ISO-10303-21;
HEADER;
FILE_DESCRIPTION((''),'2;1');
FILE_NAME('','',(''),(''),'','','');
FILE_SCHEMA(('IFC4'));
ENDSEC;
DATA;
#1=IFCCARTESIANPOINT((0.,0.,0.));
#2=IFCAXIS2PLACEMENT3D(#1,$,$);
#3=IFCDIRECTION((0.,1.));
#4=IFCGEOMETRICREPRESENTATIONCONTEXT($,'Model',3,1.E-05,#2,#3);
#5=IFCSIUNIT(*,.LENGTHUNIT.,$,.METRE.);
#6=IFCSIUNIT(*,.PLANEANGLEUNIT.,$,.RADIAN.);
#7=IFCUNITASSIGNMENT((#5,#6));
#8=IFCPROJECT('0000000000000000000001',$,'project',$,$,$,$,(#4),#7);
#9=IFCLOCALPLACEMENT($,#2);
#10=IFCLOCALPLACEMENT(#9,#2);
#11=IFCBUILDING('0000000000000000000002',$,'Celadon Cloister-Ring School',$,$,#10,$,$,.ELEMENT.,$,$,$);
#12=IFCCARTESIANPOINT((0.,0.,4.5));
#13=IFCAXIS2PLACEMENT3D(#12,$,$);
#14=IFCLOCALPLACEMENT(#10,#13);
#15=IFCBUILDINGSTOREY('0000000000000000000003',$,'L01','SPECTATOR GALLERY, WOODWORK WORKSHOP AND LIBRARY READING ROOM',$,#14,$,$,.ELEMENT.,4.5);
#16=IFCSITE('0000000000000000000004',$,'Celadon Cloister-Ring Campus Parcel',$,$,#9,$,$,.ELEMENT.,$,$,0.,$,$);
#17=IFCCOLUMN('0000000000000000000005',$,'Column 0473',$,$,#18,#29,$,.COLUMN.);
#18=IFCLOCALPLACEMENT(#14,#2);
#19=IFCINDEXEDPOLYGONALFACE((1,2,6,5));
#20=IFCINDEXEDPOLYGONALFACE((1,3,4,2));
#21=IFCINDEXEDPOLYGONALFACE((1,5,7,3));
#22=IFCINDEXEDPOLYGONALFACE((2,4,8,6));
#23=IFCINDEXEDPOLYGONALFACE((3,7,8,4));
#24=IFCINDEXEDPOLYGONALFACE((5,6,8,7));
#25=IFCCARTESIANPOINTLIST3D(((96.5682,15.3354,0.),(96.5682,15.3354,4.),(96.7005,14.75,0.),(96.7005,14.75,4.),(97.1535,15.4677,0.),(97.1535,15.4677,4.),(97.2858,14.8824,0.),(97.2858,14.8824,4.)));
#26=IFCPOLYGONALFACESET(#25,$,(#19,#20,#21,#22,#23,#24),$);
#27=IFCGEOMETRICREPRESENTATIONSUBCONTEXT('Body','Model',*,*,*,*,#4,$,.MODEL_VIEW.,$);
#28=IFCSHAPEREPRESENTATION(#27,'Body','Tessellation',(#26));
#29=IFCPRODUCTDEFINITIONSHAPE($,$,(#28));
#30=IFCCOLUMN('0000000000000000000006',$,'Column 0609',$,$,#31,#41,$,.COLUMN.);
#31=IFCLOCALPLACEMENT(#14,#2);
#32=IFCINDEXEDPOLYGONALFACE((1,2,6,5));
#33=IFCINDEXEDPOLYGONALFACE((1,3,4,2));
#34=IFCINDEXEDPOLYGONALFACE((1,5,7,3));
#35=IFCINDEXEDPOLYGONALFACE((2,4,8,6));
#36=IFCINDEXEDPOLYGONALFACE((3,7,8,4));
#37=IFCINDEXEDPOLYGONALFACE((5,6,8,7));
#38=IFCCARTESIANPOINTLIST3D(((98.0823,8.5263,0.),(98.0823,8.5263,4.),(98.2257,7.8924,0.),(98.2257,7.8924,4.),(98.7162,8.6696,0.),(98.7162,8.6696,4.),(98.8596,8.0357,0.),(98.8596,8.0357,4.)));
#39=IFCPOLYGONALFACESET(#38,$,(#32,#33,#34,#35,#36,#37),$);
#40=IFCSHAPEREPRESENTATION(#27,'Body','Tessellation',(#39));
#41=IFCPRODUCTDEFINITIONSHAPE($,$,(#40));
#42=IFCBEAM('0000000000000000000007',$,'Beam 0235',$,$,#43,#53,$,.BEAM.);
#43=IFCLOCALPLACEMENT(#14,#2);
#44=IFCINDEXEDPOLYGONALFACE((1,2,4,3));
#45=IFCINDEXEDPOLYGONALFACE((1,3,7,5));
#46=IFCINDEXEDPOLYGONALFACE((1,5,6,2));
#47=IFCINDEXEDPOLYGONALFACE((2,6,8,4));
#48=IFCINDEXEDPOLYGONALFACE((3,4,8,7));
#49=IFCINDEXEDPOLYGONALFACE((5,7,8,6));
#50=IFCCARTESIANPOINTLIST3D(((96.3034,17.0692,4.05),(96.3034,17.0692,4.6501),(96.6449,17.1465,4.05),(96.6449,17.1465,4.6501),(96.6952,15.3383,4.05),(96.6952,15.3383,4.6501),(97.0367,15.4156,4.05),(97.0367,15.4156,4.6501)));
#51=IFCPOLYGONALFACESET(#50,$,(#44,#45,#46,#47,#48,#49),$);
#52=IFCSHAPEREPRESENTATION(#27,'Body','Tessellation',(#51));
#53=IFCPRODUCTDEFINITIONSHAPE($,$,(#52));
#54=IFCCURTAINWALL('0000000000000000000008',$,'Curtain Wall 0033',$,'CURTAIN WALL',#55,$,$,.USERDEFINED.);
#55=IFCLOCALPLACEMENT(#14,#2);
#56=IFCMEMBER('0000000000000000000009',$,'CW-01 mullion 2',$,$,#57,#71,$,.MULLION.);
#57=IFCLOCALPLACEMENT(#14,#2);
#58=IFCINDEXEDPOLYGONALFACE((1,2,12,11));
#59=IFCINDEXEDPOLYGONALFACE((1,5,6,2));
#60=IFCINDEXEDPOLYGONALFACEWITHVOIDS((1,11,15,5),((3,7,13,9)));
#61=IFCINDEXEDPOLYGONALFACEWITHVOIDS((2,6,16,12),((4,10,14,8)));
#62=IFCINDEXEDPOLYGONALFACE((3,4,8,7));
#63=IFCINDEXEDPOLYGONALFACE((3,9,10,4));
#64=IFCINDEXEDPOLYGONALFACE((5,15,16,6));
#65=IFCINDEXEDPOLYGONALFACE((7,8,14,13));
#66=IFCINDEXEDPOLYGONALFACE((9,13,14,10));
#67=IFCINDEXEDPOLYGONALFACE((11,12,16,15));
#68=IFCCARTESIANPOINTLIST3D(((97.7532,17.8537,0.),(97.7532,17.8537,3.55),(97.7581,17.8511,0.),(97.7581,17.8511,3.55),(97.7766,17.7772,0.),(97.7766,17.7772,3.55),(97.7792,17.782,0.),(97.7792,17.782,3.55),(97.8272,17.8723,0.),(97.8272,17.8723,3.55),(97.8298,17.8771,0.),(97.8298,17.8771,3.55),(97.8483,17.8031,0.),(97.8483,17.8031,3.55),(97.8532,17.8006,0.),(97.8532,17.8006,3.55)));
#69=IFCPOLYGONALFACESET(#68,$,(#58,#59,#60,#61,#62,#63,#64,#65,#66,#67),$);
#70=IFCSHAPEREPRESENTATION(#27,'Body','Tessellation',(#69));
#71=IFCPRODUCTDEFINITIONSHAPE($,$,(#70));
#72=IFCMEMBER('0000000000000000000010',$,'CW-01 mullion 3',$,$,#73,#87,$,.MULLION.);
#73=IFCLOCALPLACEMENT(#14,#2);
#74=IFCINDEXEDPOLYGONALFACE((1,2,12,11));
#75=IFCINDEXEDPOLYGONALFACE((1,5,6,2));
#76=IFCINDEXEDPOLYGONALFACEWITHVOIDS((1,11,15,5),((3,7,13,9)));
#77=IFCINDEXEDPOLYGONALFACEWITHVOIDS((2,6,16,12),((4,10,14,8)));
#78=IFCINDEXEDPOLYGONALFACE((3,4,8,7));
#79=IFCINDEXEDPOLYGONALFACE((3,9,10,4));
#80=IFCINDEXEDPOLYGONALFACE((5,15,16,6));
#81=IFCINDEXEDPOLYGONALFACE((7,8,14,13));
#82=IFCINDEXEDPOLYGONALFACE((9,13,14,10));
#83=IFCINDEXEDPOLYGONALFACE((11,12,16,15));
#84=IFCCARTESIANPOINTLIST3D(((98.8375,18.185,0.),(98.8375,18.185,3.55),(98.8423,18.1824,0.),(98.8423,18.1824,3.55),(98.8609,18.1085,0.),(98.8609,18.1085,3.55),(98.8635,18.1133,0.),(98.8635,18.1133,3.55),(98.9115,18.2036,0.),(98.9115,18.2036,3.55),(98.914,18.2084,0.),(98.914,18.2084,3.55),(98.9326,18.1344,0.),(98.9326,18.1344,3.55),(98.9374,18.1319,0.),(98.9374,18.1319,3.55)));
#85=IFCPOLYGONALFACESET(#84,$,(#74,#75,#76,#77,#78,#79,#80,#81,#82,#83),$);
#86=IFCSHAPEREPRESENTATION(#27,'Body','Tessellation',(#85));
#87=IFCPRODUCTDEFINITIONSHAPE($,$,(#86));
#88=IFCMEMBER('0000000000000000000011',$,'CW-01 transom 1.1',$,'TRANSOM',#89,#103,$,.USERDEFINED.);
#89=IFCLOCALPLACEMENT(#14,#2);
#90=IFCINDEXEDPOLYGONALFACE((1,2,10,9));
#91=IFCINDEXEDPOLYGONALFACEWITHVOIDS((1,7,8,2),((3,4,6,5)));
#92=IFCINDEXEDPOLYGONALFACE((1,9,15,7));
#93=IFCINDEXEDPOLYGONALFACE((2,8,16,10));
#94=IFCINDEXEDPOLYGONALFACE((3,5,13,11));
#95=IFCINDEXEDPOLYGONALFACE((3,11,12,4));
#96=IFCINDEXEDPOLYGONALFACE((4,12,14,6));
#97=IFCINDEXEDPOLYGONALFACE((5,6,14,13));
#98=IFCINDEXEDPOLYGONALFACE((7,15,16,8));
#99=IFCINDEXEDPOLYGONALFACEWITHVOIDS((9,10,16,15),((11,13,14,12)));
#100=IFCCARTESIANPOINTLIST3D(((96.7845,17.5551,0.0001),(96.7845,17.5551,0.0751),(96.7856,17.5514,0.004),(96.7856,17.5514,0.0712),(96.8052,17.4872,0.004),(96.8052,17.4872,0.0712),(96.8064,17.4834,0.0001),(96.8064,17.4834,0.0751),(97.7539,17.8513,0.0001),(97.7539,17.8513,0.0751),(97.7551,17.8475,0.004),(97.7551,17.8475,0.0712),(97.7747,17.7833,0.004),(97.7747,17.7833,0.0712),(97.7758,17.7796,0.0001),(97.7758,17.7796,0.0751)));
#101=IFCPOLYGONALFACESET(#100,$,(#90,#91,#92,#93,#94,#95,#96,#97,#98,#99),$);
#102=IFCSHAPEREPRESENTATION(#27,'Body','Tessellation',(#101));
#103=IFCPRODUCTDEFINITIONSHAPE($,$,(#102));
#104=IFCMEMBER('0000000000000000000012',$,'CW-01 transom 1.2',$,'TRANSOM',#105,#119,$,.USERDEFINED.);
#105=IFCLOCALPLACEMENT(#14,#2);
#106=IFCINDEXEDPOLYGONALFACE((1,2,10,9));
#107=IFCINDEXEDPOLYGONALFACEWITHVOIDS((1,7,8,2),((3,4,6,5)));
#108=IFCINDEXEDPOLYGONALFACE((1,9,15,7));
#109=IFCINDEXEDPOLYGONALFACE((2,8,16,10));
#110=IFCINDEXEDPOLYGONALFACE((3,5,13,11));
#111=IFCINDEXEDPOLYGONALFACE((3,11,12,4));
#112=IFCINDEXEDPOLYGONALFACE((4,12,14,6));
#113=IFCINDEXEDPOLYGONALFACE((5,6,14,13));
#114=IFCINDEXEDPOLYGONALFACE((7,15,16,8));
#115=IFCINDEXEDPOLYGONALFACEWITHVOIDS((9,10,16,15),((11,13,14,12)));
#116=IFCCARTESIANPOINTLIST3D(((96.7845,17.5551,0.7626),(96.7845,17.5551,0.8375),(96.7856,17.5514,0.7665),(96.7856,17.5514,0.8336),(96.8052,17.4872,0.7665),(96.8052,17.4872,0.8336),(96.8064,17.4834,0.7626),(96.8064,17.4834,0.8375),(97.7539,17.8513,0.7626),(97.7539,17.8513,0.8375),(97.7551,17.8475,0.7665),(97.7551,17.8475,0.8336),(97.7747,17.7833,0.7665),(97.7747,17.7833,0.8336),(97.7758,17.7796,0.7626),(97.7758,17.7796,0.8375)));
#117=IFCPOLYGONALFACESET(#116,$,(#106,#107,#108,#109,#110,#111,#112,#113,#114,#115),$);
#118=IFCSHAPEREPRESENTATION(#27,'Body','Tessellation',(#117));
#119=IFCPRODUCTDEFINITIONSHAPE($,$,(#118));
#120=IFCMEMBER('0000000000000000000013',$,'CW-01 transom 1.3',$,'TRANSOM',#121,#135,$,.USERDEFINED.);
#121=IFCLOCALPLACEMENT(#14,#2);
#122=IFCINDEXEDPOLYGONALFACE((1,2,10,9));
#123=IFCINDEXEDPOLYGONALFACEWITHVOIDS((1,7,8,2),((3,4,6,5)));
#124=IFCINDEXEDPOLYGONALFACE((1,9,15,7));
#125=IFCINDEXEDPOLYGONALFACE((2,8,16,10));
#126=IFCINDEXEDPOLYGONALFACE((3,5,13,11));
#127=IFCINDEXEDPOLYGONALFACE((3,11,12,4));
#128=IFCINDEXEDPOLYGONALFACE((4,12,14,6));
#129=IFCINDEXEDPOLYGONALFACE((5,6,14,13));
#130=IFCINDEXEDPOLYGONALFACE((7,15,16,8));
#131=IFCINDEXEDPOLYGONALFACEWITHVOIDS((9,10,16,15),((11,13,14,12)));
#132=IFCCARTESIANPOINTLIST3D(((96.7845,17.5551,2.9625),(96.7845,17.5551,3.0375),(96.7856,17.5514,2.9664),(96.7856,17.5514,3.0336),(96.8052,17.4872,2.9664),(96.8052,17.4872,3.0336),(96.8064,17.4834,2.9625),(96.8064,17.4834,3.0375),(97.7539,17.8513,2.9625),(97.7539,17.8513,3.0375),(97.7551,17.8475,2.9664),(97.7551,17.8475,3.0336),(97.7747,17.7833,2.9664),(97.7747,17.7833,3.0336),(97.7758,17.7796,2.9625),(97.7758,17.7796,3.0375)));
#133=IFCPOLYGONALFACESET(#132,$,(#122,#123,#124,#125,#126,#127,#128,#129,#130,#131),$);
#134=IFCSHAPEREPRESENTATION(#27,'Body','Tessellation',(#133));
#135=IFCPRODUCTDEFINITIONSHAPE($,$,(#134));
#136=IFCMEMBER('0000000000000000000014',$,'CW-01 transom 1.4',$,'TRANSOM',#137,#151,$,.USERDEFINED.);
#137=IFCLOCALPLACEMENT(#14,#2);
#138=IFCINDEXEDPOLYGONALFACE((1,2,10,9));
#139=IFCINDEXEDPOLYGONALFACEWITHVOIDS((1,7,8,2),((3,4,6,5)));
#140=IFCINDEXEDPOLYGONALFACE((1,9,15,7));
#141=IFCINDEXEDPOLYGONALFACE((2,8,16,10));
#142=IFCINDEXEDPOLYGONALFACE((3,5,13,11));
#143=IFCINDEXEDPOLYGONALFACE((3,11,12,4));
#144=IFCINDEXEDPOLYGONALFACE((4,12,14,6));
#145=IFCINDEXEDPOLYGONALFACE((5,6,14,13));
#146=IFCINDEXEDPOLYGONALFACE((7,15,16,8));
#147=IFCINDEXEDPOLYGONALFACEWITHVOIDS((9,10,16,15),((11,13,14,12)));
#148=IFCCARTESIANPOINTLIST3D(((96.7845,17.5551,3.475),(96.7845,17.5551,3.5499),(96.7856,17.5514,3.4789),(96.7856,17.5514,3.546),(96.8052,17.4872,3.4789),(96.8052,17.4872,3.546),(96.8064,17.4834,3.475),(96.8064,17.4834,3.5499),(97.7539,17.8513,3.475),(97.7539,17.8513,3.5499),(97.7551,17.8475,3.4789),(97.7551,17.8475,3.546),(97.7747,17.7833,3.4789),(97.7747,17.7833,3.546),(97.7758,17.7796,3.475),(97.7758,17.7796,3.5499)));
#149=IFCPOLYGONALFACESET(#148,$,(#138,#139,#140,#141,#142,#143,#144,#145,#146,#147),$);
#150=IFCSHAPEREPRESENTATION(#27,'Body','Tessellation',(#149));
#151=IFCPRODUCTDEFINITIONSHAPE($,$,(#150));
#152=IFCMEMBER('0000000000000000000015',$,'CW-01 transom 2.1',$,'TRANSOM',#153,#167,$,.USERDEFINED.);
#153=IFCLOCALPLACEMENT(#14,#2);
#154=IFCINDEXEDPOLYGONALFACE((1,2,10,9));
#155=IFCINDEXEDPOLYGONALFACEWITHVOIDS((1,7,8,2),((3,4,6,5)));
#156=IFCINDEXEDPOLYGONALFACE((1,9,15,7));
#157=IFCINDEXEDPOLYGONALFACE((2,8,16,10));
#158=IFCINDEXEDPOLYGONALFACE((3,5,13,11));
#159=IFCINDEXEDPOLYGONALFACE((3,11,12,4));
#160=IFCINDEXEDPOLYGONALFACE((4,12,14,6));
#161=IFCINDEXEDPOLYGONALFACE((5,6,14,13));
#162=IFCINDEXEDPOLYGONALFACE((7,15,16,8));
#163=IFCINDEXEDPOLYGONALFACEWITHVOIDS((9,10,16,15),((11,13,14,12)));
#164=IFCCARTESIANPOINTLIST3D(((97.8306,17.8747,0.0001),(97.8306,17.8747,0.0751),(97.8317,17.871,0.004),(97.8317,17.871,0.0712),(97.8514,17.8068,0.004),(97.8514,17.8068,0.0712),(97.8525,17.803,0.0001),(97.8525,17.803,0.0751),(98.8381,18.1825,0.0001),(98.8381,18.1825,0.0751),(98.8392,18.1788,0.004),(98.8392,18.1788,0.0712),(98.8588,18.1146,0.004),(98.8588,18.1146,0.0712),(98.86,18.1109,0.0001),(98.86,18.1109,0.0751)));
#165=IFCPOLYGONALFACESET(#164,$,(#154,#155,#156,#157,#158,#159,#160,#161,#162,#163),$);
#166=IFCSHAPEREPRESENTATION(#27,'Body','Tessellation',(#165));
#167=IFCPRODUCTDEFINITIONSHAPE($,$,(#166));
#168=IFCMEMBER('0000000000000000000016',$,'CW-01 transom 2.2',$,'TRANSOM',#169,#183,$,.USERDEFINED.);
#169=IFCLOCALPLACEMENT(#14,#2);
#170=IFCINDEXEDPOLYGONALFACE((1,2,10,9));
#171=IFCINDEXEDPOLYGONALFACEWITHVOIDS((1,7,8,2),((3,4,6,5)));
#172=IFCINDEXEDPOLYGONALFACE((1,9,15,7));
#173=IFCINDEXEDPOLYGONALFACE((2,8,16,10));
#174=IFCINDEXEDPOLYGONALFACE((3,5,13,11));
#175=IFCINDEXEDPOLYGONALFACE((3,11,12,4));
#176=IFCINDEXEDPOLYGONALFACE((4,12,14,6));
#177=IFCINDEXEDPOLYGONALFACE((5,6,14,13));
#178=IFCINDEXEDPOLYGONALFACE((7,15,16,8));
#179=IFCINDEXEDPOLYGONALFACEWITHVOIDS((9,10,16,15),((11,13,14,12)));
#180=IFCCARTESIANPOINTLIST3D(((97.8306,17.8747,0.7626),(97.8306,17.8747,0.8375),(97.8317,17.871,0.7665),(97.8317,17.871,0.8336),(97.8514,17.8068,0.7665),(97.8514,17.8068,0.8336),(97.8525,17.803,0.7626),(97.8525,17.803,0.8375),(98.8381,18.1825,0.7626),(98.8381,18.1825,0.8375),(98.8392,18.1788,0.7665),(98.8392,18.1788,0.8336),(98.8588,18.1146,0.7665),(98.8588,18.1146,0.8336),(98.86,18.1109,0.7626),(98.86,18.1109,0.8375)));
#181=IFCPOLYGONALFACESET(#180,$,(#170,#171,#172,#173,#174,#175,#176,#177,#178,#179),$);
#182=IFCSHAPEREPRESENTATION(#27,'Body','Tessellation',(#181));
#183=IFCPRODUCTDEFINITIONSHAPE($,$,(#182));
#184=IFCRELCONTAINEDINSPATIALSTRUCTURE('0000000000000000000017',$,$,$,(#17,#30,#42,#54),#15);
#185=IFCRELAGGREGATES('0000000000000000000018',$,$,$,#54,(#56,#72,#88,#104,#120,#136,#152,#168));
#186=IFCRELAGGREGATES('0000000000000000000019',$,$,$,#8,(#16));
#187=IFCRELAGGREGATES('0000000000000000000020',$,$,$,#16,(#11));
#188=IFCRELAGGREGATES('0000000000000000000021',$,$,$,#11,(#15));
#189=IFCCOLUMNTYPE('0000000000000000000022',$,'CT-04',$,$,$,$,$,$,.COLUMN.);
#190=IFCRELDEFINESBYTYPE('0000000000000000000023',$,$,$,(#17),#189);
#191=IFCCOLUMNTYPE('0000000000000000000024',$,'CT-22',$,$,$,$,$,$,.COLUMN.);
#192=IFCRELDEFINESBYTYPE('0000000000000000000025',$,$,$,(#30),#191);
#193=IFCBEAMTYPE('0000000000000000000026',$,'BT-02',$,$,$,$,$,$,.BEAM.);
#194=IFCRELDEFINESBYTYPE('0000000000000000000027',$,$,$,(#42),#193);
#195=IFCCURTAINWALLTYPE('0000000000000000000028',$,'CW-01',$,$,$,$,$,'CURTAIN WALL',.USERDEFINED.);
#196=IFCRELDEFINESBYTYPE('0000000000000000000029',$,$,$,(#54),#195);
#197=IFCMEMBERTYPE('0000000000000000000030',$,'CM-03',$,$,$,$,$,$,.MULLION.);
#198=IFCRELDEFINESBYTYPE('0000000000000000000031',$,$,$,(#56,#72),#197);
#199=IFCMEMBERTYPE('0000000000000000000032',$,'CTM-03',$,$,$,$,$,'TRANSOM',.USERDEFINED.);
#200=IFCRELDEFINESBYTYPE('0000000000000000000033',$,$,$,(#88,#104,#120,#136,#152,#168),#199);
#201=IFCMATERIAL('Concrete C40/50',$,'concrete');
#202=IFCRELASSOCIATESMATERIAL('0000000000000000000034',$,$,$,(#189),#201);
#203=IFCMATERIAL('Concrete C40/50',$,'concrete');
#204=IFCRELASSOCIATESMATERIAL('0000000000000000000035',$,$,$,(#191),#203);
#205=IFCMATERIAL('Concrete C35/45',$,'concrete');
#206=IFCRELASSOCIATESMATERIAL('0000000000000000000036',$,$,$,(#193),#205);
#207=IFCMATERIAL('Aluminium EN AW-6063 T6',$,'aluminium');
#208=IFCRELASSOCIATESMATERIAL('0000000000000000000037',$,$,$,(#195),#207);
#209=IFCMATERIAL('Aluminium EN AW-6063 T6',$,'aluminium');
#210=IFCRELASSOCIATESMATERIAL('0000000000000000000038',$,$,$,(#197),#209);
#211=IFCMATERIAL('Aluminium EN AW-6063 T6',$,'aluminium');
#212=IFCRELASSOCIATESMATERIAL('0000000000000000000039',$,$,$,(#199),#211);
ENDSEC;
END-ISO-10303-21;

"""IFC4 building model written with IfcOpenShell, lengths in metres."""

from ifc_helpers import new_model, si_unit, direction, frame, origin, origin_2d, place, context, subcontext, project, spatial, rectangle, hollow_rectangle, extrude, material, material_profile, profile_set, type_object, element, aggregate, save


model = new_model("IFC4")

# Units and contexts
model_context = context("Model", 3, precision=1e-05, world=origin(), true_north=direction((0.0, 1.0)))
body_context = subcontext(model_context, "Body", "Model", "MODEL_VIEW")
ifc_project = project(units=[si_unit("LENGTHUNIT", "METRE"), si_unit("PLANEANGLEUNIT", "RADIAN")], contexts=[model_context])

# Site, building, storey
site_placement = place(None, origin())
site = spatial("IfcSite", under=ifc_project, at=site_placement, Name="Celadon Cloister-Ring Campus Parcel", CompositionType="ELEMENT", RefElevation=0.0)
building_placement = place(site_placement, origin())
building = spatial("IfcBuilding", under=site, at=building_placement, Name="Celadon Cloister-Ring School", CompositionType="ELEMENT")
storey_placement = place(building_placement, frame((0.0, 0.0, 4.5)))
storey = spatial("IfcBuildingStorey", under=building, at=storey_placement, Name="L01", Description="SPECTATOR GALLERY, WOODWORK WORKSHOP AND LIBRARY READING ROOM", CompositionType="ELEMENT", Elevation=4.5)

# Columns
ifc_material_1 = material(Name="Concrete C40/50", Category="concrete")
ifc_material_profile_1 = material_profile(ifc_material_1, rectangle(XDim=0.6001, YDim=0.6001, at=origin_2d()), Name="RC600X600")
ifc_profile_set_1 = profile_set([ifc_material_profile_1], Name="Concrete C40/50")
column_type_1 = type_object("IfcColumnType", Name="CT-04", PredefinedType="COLUMN", material=ifc_profile_set_1)
column_1_placement = place(storey_placement, frame((96.927, 15.1089, 0.0), z_axis=(0.0, 0.0, 1.0), x_axis=(0.220595, -0.975365, 0.0)))
element("IfcColumn", 1, at=column_1_placement, inside=storey, type_object=column_type_1, Name="Column 0473", PredefinedType="COLUMN", context=body_context, shape_type="SweptSolid", body=[
    extrude(rectangle(XDim=0.6001, YDim=0.6001, at=origin_2d()), origin(), (0.0, 0.0, 1.0), 4.0),
])
ifc_material_2 = material(Name="Concrete C40/50", Category="concrete")
ifc_material_profile_2 = material_profile(ifc_material_2, rectangle(XDim=0.6499, YDim=0.6499, at=origin_2d()), Name="RC650X650")
ifc_profile_set_2 = profile_set([ifc_material_profile_2], Name="Concrete C40/50")
column_type_2 = type_object("IfcColumnType", Name="CT-22", PredefinedType="COLUMN", material=ifc_profile_set_2)
column_2_placement = place(storey_placement, frame((98.4709, 8.281, 0.0), z_axis=(0.0, 0.0, 1.0), x_axis=(0.220595, -0.975365, 0.0)))
element("IfcColumn", 2, at=column_2_placement, inside=storey, type_object=column_type_2, Name="Column 0609", PredefinedType="COLUMN", context=body_context, shape_type="SweptSolid", body=[
    extrude(rectangle(XDim=0.6499, YDim=0.6499, at=origin_2d()), origin(), (0.0, 0.0, 1.0), 4.0),
])

# Beam
ifc_material_3 = material(Name="Concrete C35/45", Category="concrete")
ifc_material_profile_3 = material_profile(ifc_material_3, rectangle(XDim=0.3501, YDim=0.6001, at=origin_2d()), Name="RC350X600")
ifc_profile_set_3 = profile_set([ifc_material_profile_3], Name="Concrete C35/45")
beam_type_1 = type_object("IfcBeamType", Name="BT-02", PredefinedType="BEAM", material=ifc_profile_set_3)
beam_1_placement = place(storey_placement, frame((96.866, 15.377, 4.3501), z_axis=(-0.220789, 0.975322, 0.0), x_axis=(-0.975322, -0.220789, 0.0)))
element("IfcBeam", 3, at=beam_1_placement, inside=storey, type_object=beam_type_1, Name="Beam 0235", PredefinedType="BEAM", context=body_context, shape_type="SweptSolid", body=[
    extrude(rectangle(XDim=0.3501, YDim=0.6001, at=origin_2d()), origin(), (0.0, 0.0, 1.0), 1.7747),
])

# Curtain wall, members
ifc_material_4 = material(Name="Aluminium EN AW-6063 T6", Category="aluminium")
curtain_wall_type = type_object("IfcCurtainWallType", Name="CW-01", ElementType="CURTAIN WALL", PredefinedType="USERDEFINED", material=ifc_material_4)
curtain_wall_placement = place(storey_placement, origin())
curtain_wall = element("IfcCurtainWall", 4, at=curtain_wall_placement, inside=storey, type_object=curtain_wall_type, Name="Curtain Wall 0033", ObjectType="CURTAIN WALL", PredefinedType="USERDEFINED")
ifc_material_5 = material(Name="Aluminium EN AW-6063 T6", Category="aluminium")
ifc_material_profile_4 = material_profile(ifc_material_5, hollow_rectangle(XDim=0.0801, YDim=0.0801, WallThickness=0.0039, at=origin_2d()), Name="RHS80X80X4")
ifc_profile_set_4 = profile_set([ifc_material_profile_4], Name="Aluminium EN AW-6063 T6")
member_type_1 = type_object("IfcMemberType", Name="CM-03", PredefinedType="MULLION", material=ifc_profile_set_4)
member_1_placement = place(storey_placement, frame((97.8032, 17.8271, 0.0), z_axis=(0.0, 0.0, 1.0), x_axis=(-0.292151, 0.956372, 0.0)))
member_1 = element("IfcMember", 5, at=member_1_placement, type_object=member_type_1, Name="CW-01 mullion 2", PredefinedType="MULLION", context=body_context, shape_type="SweptSolid", body=[
    extrude(hollow_rectangle(XDim=0.0801, YDim=0.0801, WallThickness=0.0039, at=origin_2d()), origin(), (0.0, 0.0, 1.0), 3.55),
])
member_2_placement = place(storey_placement, frame((98.8875, 18.1584, 0.0), z_axis=(0.0, 0.0, 1.0), x_axis=(-0.292151, 0.956372, 0.0)))
member_2 = element("IfcMember", 6, at=member_2_placement, type_object=member_type_1, Name="CW-01 mullion 3", PredefinedType="MULLION", context=body_context, shape_type="SweptSolid", body=[
    extrude(hollow_rectangle(XDim=0.0801, YDim=0.0801, WallThickness=0.0039, at=origin_2d()), origin(), (0.0, 0.0, 1.0), 3.55),
])
ifc_material_6 = material(Name="Aluminium EN AW-6063 T6", Category="aluminium")
ifc_material_profile_5 = material_profile(ifc_material_6, hollow_rectangle(XDim=0.075, YDim=0.075, WallThickness=0.0039, at=origin_2d()), Name="RHS75X75X4")
ifc_profile_set_5 = profile_set([ifc_material_profile_5], Name="Aluminium EN AW-6063 T6")
member_type_2 = type_object("IfcMemberType", Name="CTM-03", ElementType="TRANSOM", PredefinedType="USERDEFINED", material=ifc_profile_set_5)
member_3_placement = place(storey_placement, frame((96.7954, 17.5193, 0.0376), z_axis=(0.956376, 0.292139, 0.0), x_axis=(-0.292139, 0.956376, 0.0)))
member_3 = element("IfcMember", 7, at=member_3_placement, type_object=member_type_2, Name="CW-01 transom 1.1", ObjectType="TRANSOM", PredefinedType="USERDEFINED", context=body_context, shape_type="SweptSolid", body=[
    extrude(hollow_rectangle(XDim=0.075, YDim=0.075, WallThickness=0.0039, at=origin_2d()), origin(), (0.0, 0.0, 1.0), 1.0137),
])
member_4_placement = place(storey_placement, frame((96.7954, 17.5193, 0.8), z_axis=(0.956376, 0.292139, 0.0), x_axis=(-0.292139, 0.956376, 0.0)))
member_4 = element("IfcMember", 8, at=member_4_placement, type_object=member_type_2, Name="CW-01 transom 1.2", ObjectType="TRANSOM", PredefinedType="USERDEFINED", context=body_context, shape_type="SweptSolid", body=[
    extrude(hollow_rectangle(XDim=0.075, YDim=0.075, WallThickness=0.0039, at=origin_2d()), origin(), (0.0, 0.0, 1.0), 1.0137),
])
member_5_placement = place(storey_placement, frame((96.7954, 17.5193, 3.0), z_axis=(0.956376, 0.292139, 0.0), x_axis=(-0.292139, 0.956376, 0.0)))
member_5 = element("IfcMember", 9, at=member_5_placement, type_object=member_type_2, Name="CW-01 transom 1.3", ObjectType="TRANSOM", PredefinedType="USERDEFINED", context=body_context, shape_type="SweptSolid", body=[
    extrude(hollow_rectangle(XDim=0.075, YDim=0.075, WallThickness=0.0039, at=origin_2d()), origin(), (0.0, 0.0, 1.0), 1.0137),
])
member_6_placement = place(storey_placement, frame((96.7954, 17.5193, 3.5125), z_axis=(0.956376, 0.292139, 0.0), x_axis=(-0.292139, 0.956376, 0.0)))
member_6 = element("IfcMember", 10, at=member_6_placement, type_object=member_type_2, Name="CW-01 transom 1.4", ObjectType="TRANSOM", PredefinedType="USERDEFINED", context=body_context, shape_type="SweptSolid", body=[
    extrude(hollow_rectangle(XDim=0.075, YDim=0.075, WallThickness=0.0039, at=origin_2d()), origin(), (0.0, 0.0, 1.0), 1.0137),
])
member_7_placement = place(storey_placement, frame((97.8416, 17.8389, 0.0376), z_axis=(0.956353, 0.292213, 0.0), x_axis=(-0.292213, 0.956353, 0.0)))
member_7 = element("IfcMember", 11, at=member_7_placement, type_object=member_type_2, Name="CW-01 transom 2.1", ObjectType="TRANSOM", PredefinedType="USERDEFINED", context=body_context, shape_type="SweptSolid", body=[
    extrude(hollow_rectangle(XDim=0.075, YDim=0.075, WallThickness=0.0039, at=origin_2d()), origin(), (0.0, 0.0, 1.0), 1.0535),
])
member_8_placement = place(storey_placement, frame((97.8416, 17.8389, 0.8), z_axis=(0.956353, 0.292213, 0.0), x_axis=(-0.292213, 0.956353, 0.0)))
member_8 = element("IfcMember", 12, at=member_8_placement, type_object=member_type_2, Name="CW-01 transom 2.2", ObjectType="TRANSOM", PredefinedType="USERDEFINED", context=body_context, shape_type="SweptSolid", body=[
    extrude(hollow_rectangle(XDim=0.075, YDim=0.075, WallThickness=0.0039, at=origin_2d()), origin(), (0.0, 0.0, 1.0), 1.0535),
])

aggregate(curtain_wall, [member_1, member_2, member_3, member_4, member_5, member_6, member_7, member_8])

save(model, "model.ifc")
